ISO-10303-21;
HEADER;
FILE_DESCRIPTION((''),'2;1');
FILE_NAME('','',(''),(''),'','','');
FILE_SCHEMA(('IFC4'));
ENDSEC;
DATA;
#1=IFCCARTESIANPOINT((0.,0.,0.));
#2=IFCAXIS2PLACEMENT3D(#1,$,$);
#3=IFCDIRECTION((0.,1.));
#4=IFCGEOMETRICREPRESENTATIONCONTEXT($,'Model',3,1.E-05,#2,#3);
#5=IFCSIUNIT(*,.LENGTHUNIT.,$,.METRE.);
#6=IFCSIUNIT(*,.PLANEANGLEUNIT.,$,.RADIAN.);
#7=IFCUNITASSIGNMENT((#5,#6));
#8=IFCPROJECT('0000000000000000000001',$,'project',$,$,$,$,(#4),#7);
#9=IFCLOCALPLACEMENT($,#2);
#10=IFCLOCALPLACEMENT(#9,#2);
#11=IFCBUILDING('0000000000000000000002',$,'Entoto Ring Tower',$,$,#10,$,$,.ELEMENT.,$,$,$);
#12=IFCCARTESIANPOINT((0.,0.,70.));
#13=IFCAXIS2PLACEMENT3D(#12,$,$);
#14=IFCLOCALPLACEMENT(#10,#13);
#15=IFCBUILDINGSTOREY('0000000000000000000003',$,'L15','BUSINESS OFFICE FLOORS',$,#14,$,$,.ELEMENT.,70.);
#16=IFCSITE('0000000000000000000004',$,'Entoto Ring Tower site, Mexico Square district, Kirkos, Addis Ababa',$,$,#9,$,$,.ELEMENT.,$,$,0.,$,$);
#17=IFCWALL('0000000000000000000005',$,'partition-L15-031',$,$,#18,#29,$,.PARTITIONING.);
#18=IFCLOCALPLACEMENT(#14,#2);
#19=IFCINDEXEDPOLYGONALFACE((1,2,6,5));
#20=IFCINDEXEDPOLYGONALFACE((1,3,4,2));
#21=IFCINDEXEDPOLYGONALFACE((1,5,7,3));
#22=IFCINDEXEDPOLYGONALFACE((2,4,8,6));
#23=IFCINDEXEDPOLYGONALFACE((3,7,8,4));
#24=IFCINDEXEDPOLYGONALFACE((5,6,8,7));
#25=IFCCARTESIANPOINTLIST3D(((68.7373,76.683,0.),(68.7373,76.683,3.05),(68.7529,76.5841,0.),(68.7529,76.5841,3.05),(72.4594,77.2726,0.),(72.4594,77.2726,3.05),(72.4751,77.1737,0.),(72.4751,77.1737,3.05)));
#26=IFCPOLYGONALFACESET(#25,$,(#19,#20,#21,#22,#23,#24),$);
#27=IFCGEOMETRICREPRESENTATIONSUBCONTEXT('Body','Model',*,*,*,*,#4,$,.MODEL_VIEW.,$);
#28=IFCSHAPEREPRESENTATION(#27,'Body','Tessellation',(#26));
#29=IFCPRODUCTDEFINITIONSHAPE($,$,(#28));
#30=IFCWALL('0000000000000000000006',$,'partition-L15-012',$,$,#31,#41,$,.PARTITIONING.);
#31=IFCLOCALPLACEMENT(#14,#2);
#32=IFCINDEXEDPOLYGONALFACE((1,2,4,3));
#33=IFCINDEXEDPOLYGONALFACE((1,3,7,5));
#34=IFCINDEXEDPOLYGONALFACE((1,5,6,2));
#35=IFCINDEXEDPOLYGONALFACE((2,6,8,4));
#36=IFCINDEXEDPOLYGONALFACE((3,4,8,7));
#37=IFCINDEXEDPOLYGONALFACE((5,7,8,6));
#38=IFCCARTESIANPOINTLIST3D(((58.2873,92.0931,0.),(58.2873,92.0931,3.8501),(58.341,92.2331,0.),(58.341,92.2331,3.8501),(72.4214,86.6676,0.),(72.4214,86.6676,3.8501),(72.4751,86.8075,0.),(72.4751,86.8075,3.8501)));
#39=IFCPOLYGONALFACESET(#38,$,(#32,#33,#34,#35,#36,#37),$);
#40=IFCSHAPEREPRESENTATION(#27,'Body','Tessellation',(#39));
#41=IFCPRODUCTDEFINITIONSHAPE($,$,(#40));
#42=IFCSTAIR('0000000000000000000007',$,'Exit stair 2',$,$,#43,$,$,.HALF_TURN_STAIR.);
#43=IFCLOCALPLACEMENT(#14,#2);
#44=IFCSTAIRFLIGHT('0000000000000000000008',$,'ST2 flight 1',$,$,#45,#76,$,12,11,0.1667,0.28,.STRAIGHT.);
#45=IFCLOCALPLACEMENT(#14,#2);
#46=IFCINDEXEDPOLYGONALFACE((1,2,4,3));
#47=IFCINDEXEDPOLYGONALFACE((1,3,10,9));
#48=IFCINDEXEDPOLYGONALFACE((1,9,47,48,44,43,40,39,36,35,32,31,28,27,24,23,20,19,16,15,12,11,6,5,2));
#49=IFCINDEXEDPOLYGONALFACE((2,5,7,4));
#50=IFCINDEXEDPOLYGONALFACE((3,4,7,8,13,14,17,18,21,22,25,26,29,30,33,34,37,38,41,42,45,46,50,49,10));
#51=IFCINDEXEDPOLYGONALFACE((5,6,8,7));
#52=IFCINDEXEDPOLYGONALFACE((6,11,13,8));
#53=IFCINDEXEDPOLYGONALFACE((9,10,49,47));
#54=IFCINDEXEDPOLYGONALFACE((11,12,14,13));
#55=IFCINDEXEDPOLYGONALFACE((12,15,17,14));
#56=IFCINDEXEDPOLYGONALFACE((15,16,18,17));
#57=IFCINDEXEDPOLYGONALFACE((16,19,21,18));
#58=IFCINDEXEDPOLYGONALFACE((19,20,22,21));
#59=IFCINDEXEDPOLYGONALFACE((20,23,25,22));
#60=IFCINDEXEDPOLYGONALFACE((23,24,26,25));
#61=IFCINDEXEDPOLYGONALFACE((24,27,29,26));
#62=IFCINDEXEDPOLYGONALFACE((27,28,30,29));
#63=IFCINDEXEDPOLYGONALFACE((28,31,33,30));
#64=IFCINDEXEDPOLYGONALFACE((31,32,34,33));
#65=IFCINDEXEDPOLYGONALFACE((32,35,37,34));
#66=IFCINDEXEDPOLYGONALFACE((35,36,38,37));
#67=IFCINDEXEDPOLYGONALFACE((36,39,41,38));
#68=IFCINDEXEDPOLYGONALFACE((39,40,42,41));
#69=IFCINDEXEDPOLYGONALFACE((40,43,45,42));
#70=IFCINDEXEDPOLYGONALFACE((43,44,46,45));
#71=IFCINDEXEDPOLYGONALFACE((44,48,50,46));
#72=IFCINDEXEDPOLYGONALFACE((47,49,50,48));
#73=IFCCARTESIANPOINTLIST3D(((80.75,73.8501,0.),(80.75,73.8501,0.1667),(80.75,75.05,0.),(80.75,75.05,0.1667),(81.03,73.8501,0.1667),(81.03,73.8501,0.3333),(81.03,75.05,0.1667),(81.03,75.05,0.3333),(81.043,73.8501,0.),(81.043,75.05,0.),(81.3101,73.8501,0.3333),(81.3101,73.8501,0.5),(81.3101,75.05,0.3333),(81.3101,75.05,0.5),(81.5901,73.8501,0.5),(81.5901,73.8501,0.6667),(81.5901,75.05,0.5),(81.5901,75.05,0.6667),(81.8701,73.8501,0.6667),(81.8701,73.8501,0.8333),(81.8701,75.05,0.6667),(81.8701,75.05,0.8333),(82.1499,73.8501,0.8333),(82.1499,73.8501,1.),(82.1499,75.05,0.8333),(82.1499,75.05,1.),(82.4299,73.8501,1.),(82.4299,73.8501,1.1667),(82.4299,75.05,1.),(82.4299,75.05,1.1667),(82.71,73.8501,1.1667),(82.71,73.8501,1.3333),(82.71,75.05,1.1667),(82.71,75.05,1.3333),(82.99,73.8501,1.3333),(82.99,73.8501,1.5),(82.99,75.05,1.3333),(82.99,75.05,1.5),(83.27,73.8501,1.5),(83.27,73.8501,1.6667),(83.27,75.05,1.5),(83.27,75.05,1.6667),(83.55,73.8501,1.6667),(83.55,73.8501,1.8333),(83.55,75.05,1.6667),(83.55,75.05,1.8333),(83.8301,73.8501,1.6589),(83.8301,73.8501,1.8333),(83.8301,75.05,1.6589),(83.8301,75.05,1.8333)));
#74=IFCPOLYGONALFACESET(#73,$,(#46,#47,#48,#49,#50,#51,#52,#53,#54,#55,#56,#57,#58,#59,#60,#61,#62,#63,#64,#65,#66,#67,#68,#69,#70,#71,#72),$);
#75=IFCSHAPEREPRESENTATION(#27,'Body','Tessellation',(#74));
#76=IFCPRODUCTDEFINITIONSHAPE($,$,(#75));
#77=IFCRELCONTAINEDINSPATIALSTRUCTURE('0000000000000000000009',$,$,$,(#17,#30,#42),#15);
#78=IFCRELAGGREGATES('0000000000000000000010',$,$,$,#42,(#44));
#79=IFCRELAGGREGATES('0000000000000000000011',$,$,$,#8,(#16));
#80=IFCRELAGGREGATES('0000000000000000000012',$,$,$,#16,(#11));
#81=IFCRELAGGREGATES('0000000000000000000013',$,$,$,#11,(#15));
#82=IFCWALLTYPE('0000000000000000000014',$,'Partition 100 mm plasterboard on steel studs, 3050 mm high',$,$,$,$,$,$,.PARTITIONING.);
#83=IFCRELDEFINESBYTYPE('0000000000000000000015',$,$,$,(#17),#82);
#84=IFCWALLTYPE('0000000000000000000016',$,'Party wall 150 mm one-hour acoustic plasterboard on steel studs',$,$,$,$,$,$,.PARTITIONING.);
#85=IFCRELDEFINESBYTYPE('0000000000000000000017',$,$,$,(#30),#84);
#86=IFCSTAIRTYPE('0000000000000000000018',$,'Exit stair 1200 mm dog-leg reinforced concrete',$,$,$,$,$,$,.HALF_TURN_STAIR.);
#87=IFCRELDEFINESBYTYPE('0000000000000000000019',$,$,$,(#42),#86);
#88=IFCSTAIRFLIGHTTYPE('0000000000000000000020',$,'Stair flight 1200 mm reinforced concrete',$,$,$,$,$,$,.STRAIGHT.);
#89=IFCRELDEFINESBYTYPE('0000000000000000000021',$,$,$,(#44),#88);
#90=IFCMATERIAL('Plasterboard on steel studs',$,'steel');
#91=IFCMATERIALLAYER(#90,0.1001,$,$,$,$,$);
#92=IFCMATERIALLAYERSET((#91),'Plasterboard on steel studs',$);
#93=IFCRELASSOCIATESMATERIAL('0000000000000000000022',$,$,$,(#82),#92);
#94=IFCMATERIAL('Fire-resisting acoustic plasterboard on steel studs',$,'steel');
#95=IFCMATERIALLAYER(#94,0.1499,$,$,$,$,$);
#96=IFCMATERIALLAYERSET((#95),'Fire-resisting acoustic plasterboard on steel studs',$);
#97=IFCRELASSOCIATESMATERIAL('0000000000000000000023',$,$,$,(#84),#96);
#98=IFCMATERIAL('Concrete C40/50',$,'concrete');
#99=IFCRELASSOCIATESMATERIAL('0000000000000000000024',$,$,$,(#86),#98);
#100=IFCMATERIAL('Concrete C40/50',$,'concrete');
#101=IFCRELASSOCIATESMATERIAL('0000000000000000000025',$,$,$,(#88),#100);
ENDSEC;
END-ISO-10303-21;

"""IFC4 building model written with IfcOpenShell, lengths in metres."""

from ifc_helpers import new_model, si_unit, direction, frame, frame_2d, origin, place, context, subcontext, project, spatial, polyline, rectangle, outline, extrude, material, layer, layer_set, type_object, element, aggregate, save


model = new_model("IFC4")

# Units and contexts
model_context = context("Model", 3, precision=1e-05, world=origin(), true_north=direction((0.0, 1.0)))
body_context = subcontext(model_context, "Body", "Model", "MODEL_VIEW")
ifc_project = project(units=[si_unit("LENGTHUNIT", "METRE"), si_unit("PLANEANGLEUNIT", "RADIAN")], contexts=[model_context])

# Site, building, storey
site_placement = place(None, origin())
site = spatial("IfcSite", under=ifc_project, at=site_placement, Name="Entoto Ring Tower site, Mexico Square district, Kirkos, Addis Ababa", CompositionType="ELEMENT", RefElevation=0.0)
building_placement = place(site_placement, origin())
building = spatial("IfcBuilding", under=site, at=building_placement, Name="Entoto Ring Tower", CompositionType="ELEMENT")
storey_placement = place(building_placement, frame((0.0, 0.0, 70.0)))
storey = spatial("IfcBuildingStorey", under=building, at=storey_placement, Name="L15", Description="BUSINESS OFFICE FLOORS", CompositionType="ELEMENT", Elevation=70.0)

# Walls
ifc_material_1 = material(Name="Plasterboard on steel studs", Category="steel")
ifc_layer_1 = layer(ifc_material_1, 0.1001)
ifc_layer_set_1 = layer_set([ifc_layer_1], Name="Plasterboard on steel studs")
wall_type_1 = type_object("IfcWallType", Name="Partition 100 mm plasterboard on steel studs, 3050 mm high", PredefinedType="PARTITIONING", material=ifc_layer_set_1)
wall_1_placement = place(storey_placement, frame((68.7451, 76.6335, 0.0), z_axis=(0.0, 0.0, 1.0), x_axis=(0.987686, 0.156452, 0.0)))
element("IfcWall", 1, at=wall_1_placement, inside=storey, type_object=wall_type_1, Name="partition-L15-031", PredefinedType="PARTITIONING", context=body_context, shape_type="SweptSolid", body=[
    extrude(rectangle(XDim=3.7686, YDim=0.1001, at=frame_2d((1.8843, 0.0))), origin(), (0.0, 0.0, 1.0), 3.05),
])
ifc_material_2 = material(Name="Fire-resisting acoustic plasterboard on steel studs", Category="steel")
ifc_layer_2 = layer(ifc_material_2, 0.1499)
ifc_layer_set_2 = layer_set([ifc_layer_2], Name="Fire-resisting acoustic plasterboard on steel studs")
wall_type_2 = type_object("IfcWallType", Name="Party wall 150 mm one-hour acoustic plasterboard on steel studs", PredefinedType="PARTITIONING", material=ifc_layer_set_2)
wall_2_placement = place(storey_placement, frame((72.4482, 86.7375, 0.0), z_axis=(0.0, 0.0, 1.0), x_axis=(-0.933581, 0.358367, 0.0)))
element("IfcWall", 2, at=wall_2_placement, inside=storey, type_object=wall_type_2, Name="partition-L15-012", PredefinedType="PARTITIONING", context=body_context, shape_type="SweptSolid", body=[
    extrude(rectangle(XDim=15.1396, YDim=0.1499, at=frame_2d((7.5698, 0.0))), origin(), (0.0, 0.0, 1.0), 3.8501),
])

# Stair, stair flight
ifc_material_3 = material(Name="Concrete C40/50", Category="concrete")
stair_type = type_object("IfcStairType", Name="Exit stair 1200 mm dog-leg reinforced concrete", PredefinedType="HALF_TURN_STAIR", material=ifc_material_3)
stair_placement = place(storey_placement, origin())
stair = element("IfcStair", 3, at=stair_placement, inside=storey, type_object=stair_type, Name="Exit stair 2", PredefinedType="HALF_TURN_STAIR")
ifc_material_4 = material(Name="Concrete C40/50", Category="concrete")
stair_flight_type = type_object("IfcStairFlightType", Name="Stair flight 1200 mm reinforced concrete", PredefinedType="STRAIGHT", material=ifc_material_4)
stair_flight_placement = place(storey_placement, frame((80.75, 74.45, 0.0), z_axis=(0.0, 0.0, 1.0), x_axis=(1.0, 0.0, 0.0)))
stair_flight = element("IfcStairFlight", 4, at=stair_flight_placement, type_object=stair_flight_type, Name="ST2 flight 1", NumberOfRisers=12, NumberOfTreads=11, PredefinedType="STRAIGHT", RiserHeight=0.1667, TreadLength=0.28, context=body_context, shape_type="SweptSolid", body=[
    extrude(outline(polyline([(0.0, 0.0), (0.0, 0.1667), (0.28, 0.1667), (0.28, 0.3333), (0.5601, 0.3333), (0.5601, 0.5), (0.8401, 0.5), (0.8401, 0.6667), (1.1201, 0.6667), (1.1201, 0.8333), (1.3999, 0.8333), (1.3999, 1.0), (1.6799, 1.0), (1.6799, 1.1667), (1.96, 1.1667), (1.96, 1.3333), (2.24, 1.3333), (2.24, 1.5), (2.52, 1.5), (2.52, 1.6667), (2.8, 1.6667), (2.8, 1.8333), (3.0801, 1.8333), (3.0801, 2.0), (3.0801, 1.6589), (0.293, 0.0), (0.0, 0.0)])), frame((0.0, 0.6001, 0.0), z_axis=(0.0, -1.0, 0.0), x_axis=(1.0, 0.0, 0.0)), (0.0, 0.0, 1.0), 1.2),
])
aggregate(stair, [stair_flight])

save(model, "model.ifc")
